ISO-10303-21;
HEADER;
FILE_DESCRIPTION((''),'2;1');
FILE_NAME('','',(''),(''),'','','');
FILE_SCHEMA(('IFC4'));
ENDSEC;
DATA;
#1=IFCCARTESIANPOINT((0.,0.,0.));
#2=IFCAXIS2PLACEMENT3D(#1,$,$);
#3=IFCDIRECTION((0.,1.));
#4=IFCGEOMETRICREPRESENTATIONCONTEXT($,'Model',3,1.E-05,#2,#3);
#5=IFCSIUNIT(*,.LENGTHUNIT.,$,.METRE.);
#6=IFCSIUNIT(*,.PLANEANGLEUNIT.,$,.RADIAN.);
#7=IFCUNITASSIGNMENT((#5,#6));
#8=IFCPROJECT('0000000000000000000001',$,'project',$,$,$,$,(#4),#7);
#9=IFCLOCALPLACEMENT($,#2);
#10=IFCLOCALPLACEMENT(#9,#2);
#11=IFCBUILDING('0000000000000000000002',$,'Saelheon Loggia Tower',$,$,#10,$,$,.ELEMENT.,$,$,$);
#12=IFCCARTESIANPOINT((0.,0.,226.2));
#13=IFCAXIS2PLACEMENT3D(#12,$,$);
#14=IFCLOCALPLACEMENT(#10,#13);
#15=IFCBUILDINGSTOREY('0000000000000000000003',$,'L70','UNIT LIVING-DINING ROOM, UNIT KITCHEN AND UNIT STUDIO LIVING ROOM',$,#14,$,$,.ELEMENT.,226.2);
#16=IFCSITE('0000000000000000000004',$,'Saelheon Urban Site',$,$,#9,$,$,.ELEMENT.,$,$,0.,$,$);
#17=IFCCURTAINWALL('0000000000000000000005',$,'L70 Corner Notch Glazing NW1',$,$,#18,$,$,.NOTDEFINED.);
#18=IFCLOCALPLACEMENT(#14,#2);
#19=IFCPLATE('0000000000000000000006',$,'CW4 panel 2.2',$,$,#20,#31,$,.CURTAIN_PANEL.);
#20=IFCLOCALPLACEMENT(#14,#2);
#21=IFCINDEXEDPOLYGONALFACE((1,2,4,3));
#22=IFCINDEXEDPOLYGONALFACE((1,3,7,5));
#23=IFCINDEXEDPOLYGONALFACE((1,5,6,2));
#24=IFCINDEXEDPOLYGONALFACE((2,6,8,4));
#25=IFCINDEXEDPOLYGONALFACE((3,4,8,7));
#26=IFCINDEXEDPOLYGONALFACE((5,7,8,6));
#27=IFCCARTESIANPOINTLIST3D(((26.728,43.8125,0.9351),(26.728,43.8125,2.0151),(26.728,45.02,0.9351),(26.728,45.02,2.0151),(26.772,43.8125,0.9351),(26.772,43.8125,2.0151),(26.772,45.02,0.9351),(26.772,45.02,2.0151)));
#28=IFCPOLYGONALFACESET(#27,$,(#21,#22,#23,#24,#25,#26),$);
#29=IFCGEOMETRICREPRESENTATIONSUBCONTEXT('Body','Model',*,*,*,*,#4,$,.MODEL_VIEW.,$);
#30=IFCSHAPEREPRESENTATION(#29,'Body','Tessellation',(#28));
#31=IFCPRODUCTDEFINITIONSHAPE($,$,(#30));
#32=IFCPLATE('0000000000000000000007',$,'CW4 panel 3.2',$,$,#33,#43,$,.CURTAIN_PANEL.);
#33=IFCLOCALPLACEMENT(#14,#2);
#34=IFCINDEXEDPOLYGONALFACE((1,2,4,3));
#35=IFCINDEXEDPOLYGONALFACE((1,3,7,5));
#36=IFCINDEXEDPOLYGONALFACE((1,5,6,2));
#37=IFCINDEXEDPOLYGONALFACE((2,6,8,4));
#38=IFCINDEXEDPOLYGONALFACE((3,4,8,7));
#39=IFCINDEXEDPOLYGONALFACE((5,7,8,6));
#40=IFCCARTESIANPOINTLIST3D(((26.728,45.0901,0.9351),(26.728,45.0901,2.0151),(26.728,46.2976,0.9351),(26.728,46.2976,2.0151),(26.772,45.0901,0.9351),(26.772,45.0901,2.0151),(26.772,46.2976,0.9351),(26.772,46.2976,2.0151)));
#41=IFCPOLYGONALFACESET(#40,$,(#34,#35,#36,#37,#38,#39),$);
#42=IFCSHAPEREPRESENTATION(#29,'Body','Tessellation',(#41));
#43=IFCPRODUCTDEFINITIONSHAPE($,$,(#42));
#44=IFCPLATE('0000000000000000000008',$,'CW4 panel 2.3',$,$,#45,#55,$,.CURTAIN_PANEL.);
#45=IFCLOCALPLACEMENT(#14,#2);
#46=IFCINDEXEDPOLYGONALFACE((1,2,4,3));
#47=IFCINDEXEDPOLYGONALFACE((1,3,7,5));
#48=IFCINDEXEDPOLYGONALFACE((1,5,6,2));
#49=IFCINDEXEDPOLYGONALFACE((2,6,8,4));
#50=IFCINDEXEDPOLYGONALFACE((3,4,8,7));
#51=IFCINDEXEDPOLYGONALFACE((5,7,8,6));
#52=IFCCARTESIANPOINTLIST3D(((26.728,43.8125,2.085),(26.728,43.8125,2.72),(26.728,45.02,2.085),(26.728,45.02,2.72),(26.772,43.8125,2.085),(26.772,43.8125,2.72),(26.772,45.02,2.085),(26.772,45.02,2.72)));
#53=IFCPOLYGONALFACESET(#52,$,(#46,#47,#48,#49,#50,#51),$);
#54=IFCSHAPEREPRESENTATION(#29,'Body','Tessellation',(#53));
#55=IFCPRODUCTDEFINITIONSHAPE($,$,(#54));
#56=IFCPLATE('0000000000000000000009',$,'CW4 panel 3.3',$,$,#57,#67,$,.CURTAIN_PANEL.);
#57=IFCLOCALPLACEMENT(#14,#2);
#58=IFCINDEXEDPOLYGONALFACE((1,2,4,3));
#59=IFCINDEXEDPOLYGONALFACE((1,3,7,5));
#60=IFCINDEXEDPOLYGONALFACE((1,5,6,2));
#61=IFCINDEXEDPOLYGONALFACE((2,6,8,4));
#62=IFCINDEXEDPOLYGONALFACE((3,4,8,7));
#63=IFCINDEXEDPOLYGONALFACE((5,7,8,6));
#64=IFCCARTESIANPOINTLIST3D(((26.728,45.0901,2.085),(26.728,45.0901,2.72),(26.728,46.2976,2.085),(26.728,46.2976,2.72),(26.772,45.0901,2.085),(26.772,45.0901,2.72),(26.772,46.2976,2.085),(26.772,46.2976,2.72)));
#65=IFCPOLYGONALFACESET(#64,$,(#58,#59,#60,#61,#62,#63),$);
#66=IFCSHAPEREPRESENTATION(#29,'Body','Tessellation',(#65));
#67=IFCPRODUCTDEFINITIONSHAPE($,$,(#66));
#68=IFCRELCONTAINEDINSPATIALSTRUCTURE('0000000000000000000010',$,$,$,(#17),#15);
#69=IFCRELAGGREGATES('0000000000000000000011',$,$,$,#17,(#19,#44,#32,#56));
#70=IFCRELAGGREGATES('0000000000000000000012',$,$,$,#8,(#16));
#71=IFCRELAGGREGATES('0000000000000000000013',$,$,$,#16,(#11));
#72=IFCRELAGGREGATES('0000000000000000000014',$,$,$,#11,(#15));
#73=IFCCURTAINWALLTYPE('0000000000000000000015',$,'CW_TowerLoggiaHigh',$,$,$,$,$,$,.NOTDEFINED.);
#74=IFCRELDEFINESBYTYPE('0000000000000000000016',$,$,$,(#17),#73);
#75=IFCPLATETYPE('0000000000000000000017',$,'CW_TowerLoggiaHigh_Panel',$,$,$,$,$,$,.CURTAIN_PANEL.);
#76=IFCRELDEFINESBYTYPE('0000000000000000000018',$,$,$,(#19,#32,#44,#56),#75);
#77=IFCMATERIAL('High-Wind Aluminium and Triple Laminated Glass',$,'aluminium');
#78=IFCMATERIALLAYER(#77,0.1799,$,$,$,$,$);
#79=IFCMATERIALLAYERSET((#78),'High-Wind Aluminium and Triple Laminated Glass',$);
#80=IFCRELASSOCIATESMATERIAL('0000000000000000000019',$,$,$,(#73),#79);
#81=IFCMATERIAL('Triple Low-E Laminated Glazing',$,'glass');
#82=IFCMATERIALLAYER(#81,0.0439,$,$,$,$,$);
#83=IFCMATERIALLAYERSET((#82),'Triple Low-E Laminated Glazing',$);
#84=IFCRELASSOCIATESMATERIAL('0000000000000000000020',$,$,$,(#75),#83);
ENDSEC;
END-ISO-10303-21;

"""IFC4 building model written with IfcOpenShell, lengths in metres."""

from ifc_helpers import new_model, si_unit, direction, frame, origin, origin_2d, place, context, subcontext, project, spatial, rectangle, extrude, source, transform, mapped, material, layer, layer_set, type_object, element, aggregate, save


model = new_model("IFC4")

# Units and contexts
model_context = context("Model", 3, precision=1e-05, world=origin(), true_north=direction((0.0, 1.0)))
body_context = subcontext(model_context, "Body", "Model", "MODEL_VIEW")
ifc_project = project(units=[si_unit("LENGTHUNIT", "METRE"), si_unit("PLANEANGLEUNIT", "RADIAN")], contexts=[model_context])

# Site, building, storey
site_placement = place(None, origin())
site = spatial("IfcSite", under=ifc_project, at=site_placement, Name="Saelheon Urban Site", CompositionType="ELEMENT", RefElevation=0.0)
building_placement = place(site_placement, origin())
building = spatial("IfcBuilding", under=site, at=building_placement, Name="Saelheon Loggia Tower", CompositionType="ELEMENT")
storey_placement = place(building_placement, frame((0.0, 0.0, 226.2)))
storey = spatial("IfcBuildingStorey", under=building, at=storey_placement, Name="L70", Description="UNIT LIVING-DINING ROOM, UNIT KITCHEN AND UNIT STUDIO LIVING ROOM", CompositionType="ELEMENT", Elevation=226.2)

# Curtain wall, plates
ifc_material_1 = material(Name="High-Wind Aluminium and Triple Laminated Glass", Category="aluminium")
ifc_layer_1 = layer(ifc_material_1, 0.1799)
ifc_layer_set_1 = layer_set([ifc_layer_1], Name="High-Wind Aluminium and Triple Laminated Glass")
curtain_wall_type = type_object("IfcCurtainWallType", Name="CW_TowerLoggiaHigh", PredefinedType="NOTDEFINED", material=ifc_layer_set_1)
curtain_wall_placement = place(storey_placement, origin())
curtain_wall = element("IfcCurtainWall", 1, at=curtain_wall_placement, inside=storey, type_object=curtain_wall_type, Name="L70 Corner Notch Glazing NW1", PredefinedType="NOTDEFINED")
ifc_material_2 = material(Name="Triple Low-E Laminated Glazing", Category="glass")
ifc_layer_2 = layer(ifc_material_2, 0.0439)
ifc_layer_set_2 = layer_set([ifc_layer_2], Name="Triple Low-E Laminated Glazing")
plate_type = type_object("IfcPlateType", Name="CW_TowerLoggiaHigh_Panel", PredefinedType="CURTAIN_PANEL", material=ifc_layer_set_2)
shared_shape_1 = source(origin(), body_context, "Body", "SweptSolid", [
    extrude(rectangle(XDim=1.2075, YDim=0.0439, at=origin_2d()), origin(), (0.0, 0.0, 1.0), 1.0801),
])
plate_1_placement = place(storey_placement, frame((26.75, 44.4163, 0.9351), z_axis=(0.0, 0.0, 1.0), x_axis=(0.0, 1.0, 0.0)))
plate_1 = element("IfcPlate", 2, at=plate_1_placement, type_object=plate_type, Name="CW4 panel 2.2", PredefinedType="CURTAIN_PANEL", context=body_context, shape_type="MappedRepresentation", body=[
    mapped(shared_shape_1, transform((0.0, 0.0, 0.0), scale=1.0)),
])
plate_2_placement = place(storey_placement, frame((26.75, 45.6938, 0.9351), z_axis=(0.0, 0.0, 1.0), x_axis=(0.0, 1.0, 0.0)))
plate_2 = element("IfcPlate", 3, at=plate_2_placement, type_object=plate_type, Name="CW4 panel 3.2", PredefinedType="CURTAIN_PANEL", context=body_context, shape_type="MappedRepresentation", body=[
    mapped(shared_shape_1, transform((0.0, 0.0, 0.0), scale=1.0)),
])
shared_shape_2 = source(origin(), body_context, "Body", "SweptSolid", [
    extrude(rectangle(XDim=1.2075, YDim=0.0439, at=origin_2d()), origin(), (0.0, 0.0, 1.0), 0.635),
])
plate_3_placement = place(storey_placement, frame((26.75, 44.4163, 2.085), z_axis=(0.0, 0.0, 1.0), x_axis=(0.0, 1.0, 0.0)))
plate_3 = element("IfcPlate", 4, at=plate_3_placement, type_object=plate_type, Name="CW4 panel 2.3", PredefinedType="CURTAIN_PANEL", context=body_context, shape_type="MappedRepresentation", body=[
    mapped(shared_shape_2, transform((0.0, 0.0, 0.0), scale=1.0)),
])
plate_4_placement = place(storey_placement, frame((26.75, 45.6938, 2.085), z_axis=(0.0, 0.0, 1.0), x_axis=(0.0, 1.0, 0.0)))
plate_4 = element("IfcPlate", 5, at=plate_4_placement, type_object=plate_type, Name="CW4 panel 3.3", PredefinedType="CURTAIN_PANEL", context=body_context, shape_type="MappedRepresentation", body=[
    mapped(shared_shape_2, transform((0.0, 0.0, 0.0), scale=1.0)),
])
aggregate(curtain_wall, [plate_1, plate_3, plate_2, plate_4])

save(model, "model.ifc")
